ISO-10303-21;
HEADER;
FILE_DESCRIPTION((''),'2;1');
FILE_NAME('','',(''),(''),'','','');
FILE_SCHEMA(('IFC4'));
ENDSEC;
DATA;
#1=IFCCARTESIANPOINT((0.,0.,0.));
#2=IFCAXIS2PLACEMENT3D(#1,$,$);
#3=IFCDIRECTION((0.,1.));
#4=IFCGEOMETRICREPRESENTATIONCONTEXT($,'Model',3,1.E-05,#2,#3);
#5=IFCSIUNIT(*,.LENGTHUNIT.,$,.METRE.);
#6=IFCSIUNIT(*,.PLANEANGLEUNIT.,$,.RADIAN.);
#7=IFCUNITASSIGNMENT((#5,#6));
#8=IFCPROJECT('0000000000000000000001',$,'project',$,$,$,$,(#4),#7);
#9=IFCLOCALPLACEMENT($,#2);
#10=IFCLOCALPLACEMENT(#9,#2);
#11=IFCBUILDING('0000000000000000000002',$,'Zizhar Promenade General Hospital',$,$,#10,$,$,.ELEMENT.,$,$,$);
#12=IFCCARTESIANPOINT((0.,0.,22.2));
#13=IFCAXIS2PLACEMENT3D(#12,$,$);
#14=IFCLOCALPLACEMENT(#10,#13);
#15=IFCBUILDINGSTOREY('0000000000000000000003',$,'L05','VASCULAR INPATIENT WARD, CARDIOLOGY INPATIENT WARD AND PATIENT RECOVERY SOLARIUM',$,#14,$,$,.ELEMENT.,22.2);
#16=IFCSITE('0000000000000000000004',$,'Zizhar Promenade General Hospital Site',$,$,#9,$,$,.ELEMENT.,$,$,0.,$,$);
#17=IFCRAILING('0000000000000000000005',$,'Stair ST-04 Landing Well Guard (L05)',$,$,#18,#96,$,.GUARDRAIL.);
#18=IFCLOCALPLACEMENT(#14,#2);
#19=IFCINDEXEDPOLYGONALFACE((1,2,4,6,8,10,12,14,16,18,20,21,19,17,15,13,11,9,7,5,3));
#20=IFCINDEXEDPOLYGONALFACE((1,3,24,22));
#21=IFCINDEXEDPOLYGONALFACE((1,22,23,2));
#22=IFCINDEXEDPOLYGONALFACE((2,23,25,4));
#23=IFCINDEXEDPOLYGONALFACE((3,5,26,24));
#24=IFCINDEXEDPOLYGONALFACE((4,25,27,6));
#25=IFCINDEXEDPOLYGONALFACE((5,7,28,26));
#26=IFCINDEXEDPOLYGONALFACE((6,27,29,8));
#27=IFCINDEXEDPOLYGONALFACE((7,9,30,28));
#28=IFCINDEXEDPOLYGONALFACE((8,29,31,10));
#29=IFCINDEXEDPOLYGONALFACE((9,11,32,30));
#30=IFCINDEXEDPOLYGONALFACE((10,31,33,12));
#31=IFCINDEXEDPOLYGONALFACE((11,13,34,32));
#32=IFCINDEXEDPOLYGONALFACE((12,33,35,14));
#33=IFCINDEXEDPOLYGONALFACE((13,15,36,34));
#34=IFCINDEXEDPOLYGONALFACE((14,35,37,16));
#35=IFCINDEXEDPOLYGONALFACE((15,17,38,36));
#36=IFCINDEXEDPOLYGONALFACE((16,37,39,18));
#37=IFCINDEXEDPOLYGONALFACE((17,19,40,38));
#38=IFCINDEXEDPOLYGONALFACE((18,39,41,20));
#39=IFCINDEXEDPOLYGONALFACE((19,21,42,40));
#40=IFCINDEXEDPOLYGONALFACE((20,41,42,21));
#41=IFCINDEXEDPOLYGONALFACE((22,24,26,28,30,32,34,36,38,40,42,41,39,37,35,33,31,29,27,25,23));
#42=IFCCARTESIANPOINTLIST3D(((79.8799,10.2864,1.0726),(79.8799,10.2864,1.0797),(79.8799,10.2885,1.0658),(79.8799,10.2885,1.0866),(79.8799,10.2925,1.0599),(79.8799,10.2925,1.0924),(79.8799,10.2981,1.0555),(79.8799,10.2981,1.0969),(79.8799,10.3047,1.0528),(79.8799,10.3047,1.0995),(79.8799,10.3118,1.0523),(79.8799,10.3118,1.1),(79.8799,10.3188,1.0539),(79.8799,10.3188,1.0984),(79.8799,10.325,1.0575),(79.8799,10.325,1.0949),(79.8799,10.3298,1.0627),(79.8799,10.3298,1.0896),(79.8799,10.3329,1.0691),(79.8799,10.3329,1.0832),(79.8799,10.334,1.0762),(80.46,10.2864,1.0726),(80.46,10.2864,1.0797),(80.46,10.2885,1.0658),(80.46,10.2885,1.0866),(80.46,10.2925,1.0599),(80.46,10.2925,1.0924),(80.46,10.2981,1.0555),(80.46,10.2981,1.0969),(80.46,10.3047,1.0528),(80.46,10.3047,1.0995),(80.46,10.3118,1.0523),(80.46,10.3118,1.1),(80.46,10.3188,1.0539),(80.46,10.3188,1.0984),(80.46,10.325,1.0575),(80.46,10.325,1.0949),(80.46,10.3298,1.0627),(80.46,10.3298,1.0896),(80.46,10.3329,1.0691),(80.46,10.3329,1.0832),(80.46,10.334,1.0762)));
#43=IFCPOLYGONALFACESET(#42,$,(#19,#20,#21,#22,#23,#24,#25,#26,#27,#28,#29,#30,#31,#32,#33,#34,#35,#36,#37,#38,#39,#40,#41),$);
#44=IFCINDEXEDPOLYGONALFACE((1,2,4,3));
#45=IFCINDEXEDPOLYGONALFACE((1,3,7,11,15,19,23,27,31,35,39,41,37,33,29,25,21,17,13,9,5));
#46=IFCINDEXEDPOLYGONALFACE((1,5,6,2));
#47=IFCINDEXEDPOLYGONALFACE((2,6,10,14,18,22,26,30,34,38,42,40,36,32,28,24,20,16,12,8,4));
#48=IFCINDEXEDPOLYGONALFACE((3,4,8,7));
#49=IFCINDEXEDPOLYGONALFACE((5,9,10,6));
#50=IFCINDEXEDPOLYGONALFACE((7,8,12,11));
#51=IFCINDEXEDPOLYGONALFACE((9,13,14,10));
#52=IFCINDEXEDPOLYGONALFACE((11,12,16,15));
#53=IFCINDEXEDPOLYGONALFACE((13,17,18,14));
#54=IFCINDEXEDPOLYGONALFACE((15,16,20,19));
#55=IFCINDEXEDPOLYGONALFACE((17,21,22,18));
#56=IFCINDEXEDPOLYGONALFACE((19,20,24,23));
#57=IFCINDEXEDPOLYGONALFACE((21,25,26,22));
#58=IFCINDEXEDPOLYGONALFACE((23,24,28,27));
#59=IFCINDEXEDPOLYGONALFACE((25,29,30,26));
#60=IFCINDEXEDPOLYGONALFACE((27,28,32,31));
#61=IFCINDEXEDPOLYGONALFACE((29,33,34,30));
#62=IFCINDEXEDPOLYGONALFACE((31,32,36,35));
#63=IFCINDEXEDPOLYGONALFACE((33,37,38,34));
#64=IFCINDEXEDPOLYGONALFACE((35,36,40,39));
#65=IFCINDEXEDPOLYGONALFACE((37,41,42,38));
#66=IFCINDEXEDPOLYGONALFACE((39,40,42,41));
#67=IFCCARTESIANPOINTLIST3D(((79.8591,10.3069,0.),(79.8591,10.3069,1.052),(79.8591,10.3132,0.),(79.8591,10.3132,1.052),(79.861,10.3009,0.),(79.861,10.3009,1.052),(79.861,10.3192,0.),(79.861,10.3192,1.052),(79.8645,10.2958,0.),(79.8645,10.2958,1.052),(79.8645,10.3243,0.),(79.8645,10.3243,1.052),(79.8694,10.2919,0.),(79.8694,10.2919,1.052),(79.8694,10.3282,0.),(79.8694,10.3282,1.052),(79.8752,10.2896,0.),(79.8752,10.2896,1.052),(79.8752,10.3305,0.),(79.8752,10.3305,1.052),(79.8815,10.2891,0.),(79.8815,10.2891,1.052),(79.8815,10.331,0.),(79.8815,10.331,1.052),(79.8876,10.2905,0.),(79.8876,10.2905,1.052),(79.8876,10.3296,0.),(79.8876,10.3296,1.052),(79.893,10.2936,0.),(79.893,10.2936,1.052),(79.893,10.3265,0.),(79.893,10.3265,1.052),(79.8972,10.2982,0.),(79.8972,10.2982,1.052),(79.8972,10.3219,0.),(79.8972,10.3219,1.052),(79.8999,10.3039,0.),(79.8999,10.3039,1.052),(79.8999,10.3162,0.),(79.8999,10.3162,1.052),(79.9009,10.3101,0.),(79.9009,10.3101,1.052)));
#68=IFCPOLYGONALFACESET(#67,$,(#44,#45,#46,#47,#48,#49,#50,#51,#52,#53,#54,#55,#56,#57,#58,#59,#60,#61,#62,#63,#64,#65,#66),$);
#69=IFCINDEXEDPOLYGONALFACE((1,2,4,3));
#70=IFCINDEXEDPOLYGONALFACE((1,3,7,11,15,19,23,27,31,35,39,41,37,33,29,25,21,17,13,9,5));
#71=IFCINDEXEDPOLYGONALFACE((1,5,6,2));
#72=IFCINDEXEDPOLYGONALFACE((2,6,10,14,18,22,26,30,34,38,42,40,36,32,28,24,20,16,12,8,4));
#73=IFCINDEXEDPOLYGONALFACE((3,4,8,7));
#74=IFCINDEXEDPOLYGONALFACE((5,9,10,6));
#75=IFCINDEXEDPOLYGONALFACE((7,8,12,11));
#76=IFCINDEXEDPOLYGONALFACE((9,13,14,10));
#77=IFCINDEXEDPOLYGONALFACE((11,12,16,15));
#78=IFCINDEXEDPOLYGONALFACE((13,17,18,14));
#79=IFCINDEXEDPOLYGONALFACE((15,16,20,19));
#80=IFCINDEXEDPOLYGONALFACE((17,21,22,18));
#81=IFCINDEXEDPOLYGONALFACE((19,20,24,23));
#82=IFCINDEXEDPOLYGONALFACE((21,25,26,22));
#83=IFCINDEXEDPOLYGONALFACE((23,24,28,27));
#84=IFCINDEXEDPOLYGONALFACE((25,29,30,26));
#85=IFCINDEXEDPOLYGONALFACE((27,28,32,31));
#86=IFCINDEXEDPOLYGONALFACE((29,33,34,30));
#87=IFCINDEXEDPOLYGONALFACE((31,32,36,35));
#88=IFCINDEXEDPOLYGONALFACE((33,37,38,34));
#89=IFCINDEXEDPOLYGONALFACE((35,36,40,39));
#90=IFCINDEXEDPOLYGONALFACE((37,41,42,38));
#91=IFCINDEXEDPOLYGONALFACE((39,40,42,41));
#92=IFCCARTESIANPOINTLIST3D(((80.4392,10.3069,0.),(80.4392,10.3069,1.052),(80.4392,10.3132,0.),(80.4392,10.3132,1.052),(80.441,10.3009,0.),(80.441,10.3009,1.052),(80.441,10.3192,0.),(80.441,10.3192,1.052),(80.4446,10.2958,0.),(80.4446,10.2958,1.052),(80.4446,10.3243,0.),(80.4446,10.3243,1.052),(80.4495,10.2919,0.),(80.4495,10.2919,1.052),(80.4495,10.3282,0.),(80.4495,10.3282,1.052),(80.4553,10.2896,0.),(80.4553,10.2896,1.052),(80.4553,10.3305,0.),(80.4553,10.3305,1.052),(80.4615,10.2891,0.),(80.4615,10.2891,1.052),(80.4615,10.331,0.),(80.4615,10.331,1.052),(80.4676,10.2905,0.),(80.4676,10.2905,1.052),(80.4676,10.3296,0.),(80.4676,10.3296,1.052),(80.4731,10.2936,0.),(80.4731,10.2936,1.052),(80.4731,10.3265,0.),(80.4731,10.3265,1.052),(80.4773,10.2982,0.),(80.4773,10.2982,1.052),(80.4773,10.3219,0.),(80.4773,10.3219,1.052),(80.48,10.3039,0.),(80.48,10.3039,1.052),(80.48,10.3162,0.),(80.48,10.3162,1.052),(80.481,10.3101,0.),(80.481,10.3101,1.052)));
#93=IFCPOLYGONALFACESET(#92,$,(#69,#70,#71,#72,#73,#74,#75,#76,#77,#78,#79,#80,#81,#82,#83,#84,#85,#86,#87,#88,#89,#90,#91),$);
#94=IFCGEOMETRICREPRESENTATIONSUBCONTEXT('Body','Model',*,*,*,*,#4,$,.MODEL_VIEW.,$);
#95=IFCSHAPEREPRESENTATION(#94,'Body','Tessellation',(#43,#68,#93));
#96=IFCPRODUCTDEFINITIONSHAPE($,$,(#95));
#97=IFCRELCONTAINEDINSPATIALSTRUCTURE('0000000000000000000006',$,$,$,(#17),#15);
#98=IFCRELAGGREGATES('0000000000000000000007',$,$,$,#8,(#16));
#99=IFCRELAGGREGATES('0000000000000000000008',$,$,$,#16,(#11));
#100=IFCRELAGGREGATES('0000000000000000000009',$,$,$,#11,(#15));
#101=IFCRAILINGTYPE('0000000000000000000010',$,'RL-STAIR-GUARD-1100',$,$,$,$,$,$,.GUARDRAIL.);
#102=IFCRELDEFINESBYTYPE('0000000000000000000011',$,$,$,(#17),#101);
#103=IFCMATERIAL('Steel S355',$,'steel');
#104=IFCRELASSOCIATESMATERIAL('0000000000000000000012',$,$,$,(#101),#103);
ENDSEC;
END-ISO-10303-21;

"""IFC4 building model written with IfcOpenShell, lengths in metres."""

from ifc_helpers import new_model, si_unit, direction, frame, origin, origin_2d, place, context, subcontext, project, spatial, circle, hollow_circle, extrude, material, material_profile, profile_set, type_object, element, save


model = new_model("IFC4")

# Units and contexts
model_context = context("Model", 3, precision=1e-05, world=origin(), true_north=direction((0.0, 1.0)))
body_context = subcontext(model_context, "Body", "Model", "MODEL_VIEW")
ifc_project = project(units=[si_unit("LENGTHUNIT", "METRE"), si_unit("PLANEANGLEUNIT", "RADIAN")], contexts=[model_context])

# Site, building, storey
site_placement = place(None, origin())
site = spatial("IfcSite", under=ifc_project, at=site_placement, Name="Zizhar Promenade General Hospital Site", CompositionType="ELEMENT", RefElevation=0.0)
building_placement = place(site_placement, origin())
building = spatial("IfcBuilding", under=site, at=building_placement, Name="Zizhar Promenade General Hospital", CompositionType="ELEMENT")
storey_placement = place(building_placement, frame((0.0, 0.0, 22.2)))
storey = spatial("IfcBuildingStorey", under=building, at=storey_placement, Name="L05", Description="VASCULAR INPATIENT WARD, CARDIOLOGY INPATIENT WARD AND PATIENT RECOVERY SOLARIUM", CompositionType="ELEMENT", Elevation=22.2)

# Railing
ifc_material_1 = material(Name="Steel S355", Category="steel")
ifc_material_profile_1 = material_profile(ifc_material_1, hollow_circle(Radius=0.0698, WallThickness=0.0063, at=origin_2d()))
ifc_profile_set_1 = profile_set([ifc_material_profile_1], Name="Steel S355")
railing_type = type_object("IfcRailingType", Name="RL-STAIR-GUARD-1100", PredefinedType="GUARDRAIL", material=ifc_profile_set_1)
railing_placement = place(storey_placement, frame((79.8799, 10.3101, 0.0)))
element("IfcRailing", 1, at=railing_placement, inside=storey, type_object=railing_type, Name="Stair ST-04 Landing Well Guard (L05)", PredefinedType="GUARDRAIL", context=body_context, shape_type="SweptSolid", body=[
    extrude(circle(Radius=0.0239, at=origin_2d()), frame((0.0, 0.0, 1.0762), z_axis=(1.0, 0.0, 0.0), x_axis=(0.0, 1.0, 0.0)), (0.0, 0.0, 1.0), 0.5801),
    extrude(circle(Radius=0.021, at=origin_2d()), origin(), (0.0, 0.0, 1.0), 1.052),
    extrude(circle(Radius=0.021, at=origin_2d()), frame((0.5801, 0.0, 0.0)), (0.0, 0.0, 1.0), 1.052),
])

save(model, "model.ifc")
